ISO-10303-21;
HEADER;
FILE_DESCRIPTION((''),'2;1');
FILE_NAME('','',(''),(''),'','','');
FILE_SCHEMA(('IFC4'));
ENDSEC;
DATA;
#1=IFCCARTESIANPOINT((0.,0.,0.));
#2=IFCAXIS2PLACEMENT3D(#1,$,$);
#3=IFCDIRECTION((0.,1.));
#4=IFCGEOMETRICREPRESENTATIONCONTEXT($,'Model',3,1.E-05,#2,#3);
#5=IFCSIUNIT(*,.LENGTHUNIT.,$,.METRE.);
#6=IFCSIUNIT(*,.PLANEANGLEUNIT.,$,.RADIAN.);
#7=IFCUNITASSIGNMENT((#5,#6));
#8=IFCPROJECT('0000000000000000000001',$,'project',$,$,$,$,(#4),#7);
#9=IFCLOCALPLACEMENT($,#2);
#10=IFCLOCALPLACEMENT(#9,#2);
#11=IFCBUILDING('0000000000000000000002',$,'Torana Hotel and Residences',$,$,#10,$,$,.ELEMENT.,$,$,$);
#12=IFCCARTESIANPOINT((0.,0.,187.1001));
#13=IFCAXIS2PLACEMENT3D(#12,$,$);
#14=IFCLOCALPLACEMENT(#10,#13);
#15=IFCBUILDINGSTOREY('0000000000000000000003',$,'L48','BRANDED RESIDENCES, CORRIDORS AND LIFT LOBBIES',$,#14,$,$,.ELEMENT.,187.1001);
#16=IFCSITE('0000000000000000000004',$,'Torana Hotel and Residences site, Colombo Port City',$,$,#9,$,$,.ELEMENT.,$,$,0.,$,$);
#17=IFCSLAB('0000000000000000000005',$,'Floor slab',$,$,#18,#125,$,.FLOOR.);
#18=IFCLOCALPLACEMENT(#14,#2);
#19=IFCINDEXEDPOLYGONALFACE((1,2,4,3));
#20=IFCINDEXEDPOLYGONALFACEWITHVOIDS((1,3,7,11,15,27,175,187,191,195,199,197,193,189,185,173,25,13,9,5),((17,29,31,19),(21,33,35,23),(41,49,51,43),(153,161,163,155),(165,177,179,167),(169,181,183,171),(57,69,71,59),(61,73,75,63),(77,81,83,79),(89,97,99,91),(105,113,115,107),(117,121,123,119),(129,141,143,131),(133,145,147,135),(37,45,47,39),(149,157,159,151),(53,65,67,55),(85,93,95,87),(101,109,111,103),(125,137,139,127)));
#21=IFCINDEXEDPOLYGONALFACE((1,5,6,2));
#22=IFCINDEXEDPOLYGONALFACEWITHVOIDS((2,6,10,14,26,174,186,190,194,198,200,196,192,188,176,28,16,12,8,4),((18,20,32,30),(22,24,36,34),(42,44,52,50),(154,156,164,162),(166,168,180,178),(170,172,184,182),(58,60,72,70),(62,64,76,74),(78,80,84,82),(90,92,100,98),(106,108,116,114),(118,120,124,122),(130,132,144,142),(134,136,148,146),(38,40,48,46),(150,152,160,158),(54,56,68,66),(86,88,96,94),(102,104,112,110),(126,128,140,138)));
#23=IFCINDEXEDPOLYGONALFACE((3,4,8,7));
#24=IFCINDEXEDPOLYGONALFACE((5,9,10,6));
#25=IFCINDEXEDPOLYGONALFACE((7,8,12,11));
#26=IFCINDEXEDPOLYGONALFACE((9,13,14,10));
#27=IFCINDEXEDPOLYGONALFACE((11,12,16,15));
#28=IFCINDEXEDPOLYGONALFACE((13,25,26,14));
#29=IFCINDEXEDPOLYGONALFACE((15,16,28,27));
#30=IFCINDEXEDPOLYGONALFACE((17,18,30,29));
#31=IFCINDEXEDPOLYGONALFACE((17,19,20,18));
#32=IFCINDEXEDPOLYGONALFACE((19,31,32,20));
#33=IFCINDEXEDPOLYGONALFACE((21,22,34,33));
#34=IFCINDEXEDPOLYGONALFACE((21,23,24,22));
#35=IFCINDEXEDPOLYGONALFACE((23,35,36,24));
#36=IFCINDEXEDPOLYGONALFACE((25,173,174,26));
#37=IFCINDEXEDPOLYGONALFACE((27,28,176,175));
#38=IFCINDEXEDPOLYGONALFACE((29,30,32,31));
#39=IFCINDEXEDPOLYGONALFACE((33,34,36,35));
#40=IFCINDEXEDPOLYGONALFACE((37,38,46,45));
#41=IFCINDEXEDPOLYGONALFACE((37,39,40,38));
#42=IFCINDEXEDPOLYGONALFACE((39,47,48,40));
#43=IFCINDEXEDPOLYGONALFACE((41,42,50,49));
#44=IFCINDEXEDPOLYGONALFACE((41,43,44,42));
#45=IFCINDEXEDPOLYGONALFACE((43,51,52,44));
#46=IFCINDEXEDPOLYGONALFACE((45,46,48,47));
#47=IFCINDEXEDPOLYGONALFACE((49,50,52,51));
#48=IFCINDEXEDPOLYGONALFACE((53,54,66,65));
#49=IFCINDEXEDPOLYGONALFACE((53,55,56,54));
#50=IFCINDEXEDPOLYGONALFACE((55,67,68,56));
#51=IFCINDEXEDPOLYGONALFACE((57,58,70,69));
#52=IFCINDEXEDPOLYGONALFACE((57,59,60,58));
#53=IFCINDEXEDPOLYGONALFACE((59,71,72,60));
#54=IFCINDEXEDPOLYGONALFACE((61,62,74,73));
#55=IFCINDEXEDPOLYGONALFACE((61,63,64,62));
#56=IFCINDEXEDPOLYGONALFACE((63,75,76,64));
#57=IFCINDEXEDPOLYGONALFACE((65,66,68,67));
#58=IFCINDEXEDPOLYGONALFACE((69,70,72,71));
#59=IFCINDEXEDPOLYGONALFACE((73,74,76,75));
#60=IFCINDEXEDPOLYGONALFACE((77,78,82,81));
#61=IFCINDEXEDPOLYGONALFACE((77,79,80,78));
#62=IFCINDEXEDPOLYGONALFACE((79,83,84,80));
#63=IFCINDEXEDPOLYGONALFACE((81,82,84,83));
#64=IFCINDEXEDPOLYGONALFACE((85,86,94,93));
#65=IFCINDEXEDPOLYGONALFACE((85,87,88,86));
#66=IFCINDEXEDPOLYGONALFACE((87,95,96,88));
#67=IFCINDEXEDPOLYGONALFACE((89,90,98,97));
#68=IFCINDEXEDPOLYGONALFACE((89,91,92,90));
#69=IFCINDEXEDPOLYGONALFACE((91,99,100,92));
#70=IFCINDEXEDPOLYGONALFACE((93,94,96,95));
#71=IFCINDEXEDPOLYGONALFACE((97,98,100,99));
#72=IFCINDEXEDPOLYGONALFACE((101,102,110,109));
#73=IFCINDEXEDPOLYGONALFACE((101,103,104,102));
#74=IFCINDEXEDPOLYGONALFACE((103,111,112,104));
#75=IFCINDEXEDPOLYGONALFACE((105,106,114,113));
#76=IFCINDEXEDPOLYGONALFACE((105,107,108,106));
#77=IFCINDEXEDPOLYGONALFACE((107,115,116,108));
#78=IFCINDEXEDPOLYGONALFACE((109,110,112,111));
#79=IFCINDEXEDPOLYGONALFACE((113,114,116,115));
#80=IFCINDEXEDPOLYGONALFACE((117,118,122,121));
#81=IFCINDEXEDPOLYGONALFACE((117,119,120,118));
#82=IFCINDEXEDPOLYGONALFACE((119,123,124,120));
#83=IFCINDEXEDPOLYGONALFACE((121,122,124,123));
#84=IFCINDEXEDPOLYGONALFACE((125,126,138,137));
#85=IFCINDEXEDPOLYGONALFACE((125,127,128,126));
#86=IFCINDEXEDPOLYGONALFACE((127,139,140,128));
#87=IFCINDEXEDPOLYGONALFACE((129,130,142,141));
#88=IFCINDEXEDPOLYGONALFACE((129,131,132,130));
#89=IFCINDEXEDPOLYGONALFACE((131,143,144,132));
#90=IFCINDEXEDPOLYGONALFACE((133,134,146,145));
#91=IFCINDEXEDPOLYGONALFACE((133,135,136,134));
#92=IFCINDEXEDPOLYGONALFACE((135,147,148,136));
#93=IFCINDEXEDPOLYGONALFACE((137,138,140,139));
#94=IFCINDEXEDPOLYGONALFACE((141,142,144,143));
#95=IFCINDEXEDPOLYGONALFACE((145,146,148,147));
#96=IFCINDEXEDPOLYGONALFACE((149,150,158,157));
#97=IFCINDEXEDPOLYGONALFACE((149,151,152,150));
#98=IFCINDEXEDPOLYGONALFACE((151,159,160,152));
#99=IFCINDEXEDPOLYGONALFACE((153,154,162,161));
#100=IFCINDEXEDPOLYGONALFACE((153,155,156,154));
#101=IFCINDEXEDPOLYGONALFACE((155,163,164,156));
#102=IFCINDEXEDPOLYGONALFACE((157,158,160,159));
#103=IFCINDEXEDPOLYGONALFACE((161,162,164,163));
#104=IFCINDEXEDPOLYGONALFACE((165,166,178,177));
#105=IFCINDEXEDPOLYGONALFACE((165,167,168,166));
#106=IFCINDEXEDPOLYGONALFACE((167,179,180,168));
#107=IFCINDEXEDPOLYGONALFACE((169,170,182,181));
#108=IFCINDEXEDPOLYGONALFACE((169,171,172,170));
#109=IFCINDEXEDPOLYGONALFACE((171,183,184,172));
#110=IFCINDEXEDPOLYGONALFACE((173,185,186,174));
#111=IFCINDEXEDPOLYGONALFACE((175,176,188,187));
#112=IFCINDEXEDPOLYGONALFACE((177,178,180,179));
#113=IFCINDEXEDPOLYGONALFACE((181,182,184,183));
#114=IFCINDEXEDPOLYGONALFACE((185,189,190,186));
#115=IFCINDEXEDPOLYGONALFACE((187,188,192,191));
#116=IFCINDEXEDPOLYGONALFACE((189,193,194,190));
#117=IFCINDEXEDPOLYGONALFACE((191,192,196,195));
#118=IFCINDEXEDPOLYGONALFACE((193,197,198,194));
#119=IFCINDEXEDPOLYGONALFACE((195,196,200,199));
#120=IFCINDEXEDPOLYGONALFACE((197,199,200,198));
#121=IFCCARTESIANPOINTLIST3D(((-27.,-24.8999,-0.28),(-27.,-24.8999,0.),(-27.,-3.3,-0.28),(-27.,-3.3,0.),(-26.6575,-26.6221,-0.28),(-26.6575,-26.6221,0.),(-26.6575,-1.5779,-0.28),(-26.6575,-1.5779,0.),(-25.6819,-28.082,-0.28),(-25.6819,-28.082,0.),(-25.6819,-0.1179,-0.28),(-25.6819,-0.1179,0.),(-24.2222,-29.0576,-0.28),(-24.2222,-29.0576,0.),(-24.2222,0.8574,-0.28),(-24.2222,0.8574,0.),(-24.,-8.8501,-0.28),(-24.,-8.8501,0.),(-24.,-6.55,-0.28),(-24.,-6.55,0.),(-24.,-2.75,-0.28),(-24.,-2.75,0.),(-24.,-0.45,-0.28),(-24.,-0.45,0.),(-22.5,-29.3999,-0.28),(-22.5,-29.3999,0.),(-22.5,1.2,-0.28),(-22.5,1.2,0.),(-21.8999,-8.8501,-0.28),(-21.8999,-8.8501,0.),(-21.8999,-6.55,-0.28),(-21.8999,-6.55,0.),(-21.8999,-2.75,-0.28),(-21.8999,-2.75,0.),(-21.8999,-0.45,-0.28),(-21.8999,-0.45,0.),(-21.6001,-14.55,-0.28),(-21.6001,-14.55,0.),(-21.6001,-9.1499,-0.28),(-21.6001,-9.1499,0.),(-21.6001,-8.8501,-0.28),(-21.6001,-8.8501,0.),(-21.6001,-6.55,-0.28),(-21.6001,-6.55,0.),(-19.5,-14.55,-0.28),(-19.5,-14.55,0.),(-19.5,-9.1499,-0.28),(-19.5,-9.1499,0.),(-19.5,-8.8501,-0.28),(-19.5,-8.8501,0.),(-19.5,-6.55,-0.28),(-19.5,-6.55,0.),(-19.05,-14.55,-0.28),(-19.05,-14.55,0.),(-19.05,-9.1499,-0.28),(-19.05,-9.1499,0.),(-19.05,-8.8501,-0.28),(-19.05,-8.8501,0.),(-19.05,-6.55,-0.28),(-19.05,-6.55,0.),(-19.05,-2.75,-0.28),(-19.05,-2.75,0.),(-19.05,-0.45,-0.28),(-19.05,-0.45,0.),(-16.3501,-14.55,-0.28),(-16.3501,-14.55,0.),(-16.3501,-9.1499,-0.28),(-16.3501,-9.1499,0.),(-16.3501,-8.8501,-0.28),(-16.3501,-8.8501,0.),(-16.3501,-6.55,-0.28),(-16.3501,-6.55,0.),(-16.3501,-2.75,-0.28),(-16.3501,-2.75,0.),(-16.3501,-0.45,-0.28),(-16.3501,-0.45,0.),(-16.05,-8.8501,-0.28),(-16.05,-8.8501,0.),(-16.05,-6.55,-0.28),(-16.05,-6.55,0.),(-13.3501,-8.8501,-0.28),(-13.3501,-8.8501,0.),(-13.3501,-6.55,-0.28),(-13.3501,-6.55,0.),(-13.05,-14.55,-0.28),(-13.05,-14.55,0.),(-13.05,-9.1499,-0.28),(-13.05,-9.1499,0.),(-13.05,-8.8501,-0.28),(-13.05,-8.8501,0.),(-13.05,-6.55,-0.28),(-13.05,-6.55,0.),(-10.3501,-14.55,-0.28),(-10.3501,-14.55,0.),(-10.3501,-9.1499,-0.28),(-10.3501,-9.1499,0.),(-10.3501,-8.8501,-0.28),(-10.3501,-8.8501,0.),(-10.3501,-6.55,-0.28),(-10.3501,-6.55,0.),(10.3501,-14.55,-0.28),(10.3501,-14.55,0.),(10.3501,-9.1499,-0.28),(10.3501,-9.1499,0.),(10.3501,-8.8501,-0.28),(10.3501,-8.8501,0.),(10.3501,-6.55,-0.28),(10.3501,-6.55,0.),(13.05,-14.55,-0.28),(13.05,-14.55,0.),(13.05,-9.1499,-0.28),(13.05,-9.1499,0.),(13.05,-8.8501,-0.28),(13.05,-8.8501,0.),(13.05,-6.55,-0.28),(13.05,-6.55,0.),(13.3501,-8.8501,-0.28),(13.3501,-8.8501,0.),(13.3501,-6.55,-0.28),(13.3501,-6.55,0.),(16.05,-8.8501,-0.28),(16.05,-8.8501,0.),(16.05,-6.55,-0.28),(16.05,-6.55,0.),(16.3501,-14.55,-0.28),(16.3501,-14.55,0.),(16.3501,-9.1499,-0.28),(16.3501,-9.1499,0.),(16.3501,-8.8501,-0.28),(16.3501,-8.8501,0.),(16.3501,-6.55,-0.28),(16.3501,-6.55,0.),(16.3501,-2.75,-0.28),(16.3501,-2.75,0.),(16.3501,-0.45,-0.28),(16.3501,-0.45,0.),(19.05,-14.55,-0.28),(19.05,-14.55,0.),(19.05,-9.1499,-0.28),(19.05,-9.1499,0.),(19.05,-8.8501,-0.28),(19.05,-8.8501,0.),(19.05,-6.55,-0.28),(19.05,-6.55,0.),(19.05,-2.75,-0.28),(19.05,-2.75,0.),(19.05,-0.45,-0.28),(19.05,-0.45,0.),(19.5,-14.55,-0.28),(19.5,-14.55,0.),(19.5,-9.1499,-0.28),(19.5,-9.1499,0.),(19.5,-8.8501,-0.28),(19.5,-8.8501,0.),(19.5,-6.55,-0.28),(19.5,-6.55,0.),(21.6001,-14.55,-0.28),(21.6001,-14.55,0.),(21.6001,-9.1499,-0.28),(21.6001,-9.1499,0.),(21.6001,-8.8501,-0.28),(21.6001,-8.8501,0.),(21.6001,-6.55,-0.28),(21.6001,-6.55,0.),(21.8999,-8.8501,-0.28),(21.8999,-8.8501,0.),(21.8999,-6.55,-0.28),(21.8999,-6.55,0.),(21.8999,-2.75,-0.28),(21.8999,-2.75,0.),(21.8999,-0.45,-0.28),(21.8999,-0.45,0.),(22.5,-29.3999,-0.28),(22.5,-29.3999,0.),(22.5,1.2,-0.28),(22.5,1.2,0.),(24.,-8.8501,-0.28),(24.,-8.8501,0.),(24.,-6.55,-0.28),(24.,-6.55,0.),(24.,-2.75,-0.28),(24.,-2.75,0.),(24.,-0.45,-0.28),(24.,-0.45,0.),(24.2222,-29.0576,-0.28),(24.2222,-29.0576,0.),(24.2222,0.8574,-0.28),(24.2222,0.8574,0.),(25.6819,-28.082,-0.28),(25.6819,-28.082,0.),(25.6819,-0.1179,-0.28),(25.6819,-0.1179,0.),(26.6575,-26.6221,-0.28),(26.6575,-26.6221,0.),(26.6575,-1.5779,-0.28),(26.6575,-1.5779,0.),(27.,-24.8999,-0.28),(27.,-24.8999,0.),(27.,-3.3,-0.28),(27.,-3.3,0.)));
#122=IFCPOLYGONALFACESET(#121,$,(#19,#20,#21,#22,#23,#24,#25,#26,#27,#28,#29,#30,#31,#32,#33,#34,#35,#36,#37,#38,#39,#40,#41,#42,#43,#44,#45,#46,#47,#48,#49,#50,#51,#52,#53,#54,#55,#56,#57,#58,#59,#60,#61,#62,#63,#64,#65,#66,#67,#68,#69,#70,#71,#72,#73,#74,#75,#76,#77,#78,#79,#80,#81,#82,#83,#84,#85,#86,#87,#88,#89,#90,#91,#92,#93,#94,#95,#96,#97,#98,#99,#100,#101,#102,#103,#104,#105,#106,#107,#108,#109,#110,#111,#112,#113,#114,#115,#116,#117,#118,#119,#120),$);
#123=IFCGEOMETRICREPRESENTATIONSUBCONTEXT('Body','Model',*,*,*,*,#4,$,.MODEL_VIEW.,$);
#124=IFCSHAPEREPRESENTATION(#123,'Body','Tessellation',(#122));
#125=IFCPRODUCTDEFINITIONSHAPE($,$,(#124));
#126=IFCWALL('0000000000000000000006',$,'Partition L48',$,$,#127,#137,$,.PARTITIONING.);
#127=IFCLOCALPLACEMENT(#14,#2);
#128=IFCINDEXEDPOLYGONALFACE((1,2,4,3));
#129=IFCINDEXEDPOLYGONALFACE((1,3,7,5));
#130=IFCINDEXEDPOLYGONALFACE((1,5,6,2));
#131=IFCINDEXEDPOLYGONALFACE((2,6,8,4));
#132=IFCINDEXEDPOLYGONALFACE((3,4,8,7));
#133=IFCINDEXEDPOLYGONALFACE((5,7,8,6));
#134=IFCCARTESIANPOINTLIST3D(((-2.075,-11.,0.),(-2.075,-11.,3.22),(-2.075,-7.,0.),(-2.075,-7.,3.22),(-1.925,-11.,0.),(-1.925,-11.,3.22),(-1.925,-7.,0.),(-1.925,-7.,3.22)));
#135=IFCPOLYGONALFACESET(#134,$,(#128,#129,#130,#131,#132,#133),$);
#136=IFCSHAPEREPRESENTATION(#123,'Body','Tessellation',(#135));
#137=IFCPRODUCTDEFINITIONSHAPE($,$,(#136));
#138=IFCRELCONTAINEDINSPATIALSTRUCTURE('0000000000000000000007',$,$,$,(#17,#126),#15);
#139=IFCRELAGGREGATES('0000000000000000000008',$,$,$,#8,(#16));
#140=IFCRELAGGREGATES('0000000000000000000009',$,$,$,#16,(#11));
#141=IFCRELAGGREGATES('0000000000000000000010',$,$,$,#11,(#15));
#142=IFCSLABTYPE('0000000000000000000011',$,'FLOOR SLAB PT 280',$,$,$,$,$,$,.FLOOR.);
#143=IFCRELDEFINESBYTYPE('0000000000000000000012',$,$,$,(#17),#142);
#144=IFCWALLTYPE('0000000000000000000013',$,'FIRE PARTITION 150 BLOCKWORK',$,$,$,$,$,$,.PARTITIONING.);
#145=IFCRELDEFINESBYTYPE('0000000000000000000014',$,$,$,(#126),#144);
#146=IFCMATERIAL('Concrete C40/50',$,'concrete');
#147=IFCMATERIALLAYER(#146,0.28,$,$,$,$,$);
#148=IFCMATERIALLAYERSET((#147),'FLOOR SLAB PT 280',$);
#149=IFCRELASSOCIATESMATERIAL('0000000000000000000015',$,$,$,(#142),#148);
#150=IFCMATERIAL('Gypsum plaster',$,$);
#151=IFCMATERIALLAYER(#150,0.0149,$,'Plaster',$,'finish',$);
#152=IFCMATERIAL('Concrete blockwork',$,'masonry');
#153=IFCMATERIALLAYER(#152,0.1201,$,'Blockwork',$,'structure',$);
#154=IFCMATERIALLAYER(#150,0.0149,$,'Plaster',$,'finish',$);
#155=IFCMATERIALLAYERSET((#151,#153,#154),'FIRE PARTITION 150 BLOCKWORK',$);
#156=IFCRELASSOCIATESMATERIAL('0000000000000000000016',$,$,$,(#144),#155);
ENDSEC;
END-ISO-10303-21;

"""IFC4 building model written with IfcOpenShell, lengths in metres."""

from ifc_helpers import new_model, si_unit, direction, frame, frame_2d, origin, place, context, subcontext, project, spatial, polyline, rectangle, outline, extrude, material, layer, layer_set, type_object, element, save


model = new_model("IFC4")

# Units and contexts
model_context = context("Model", 3, precision=1e-05, world=origin(), true_north=direction((0.0, 1.0)))
body_context = subcontext(model_context, "Body", "Model", "MODEL_VIEW")
ifc_project = project(units=[si_unit("LENGTHUNIT", "METRE"), si_unit("PLANEANGLEUNIT", "RADIAN")], contexts=[model_context])

# Site, building, storey
site_placement = place(None, origin())
site = spatial("IfcSite", under=ifc_project, at=site_placement, Name="Torana Hotel and Residences site, Colombo Port City", CompositionType="ELEMENT", RefElevation=0.0)
building_placement = place(site_placement, origin())
building = spatial("IfcBuilding", under=site, at=building_placement, Name="Torana Hotel and Residences", CompositionType="ELEMENT")
storey_placement = place(building_placement, frame((0.0, 0.0, 187.1001)))
storey = spatial("IfcBuildingStorey", under=building, at=storey_placement, Name="L48", Description="BRANDED RESIDENCES, CORRIDORS AND LIFT LOBBIES", CompositionType="ELEMENT", Elevation=187.1001)

# Slab
ifc_material_1 = material(Name="Concrete C40/50", Category="concrete")
ifc_layer_1 = layer(ifc_material_1, 0.28)
ifc_layer_set_1 = layer_set([ifc_layer_1], Name="FLOOR SLAB PT 280")
slab_type_1 = type_object("IfcSlabType", Name="FLOOR SLAB PT 280", PredefinedType="FLOOR", material=ifc_layer_set_1)
slab_1_placement = place(storey_placement, frame((0.0, 0.0, -0.28)))
element("IfcSlab", 1, at=slab_1_placement, inside=storey, type_object=slab_type_1, Name="Floor slab", PredefinedType="FLOOR", context=body_context, shape_type="SweptSolid", body=[
    extrude(outline(polyline([(27.0, -3.3), (26.6575, -1.5779), (25.6819, -0.1179), (24.2222, 0.8574), (22.5, 1.2), (-22.5, 1.2), (-24.2222, 0.8574), (-25.6819, -0.1179), (-26.6575, -1.5779), (-27.0, -3.3), (-27.0, -24.8999), (-26.6575, -26.6221), (-25.6819, -28.082), (-24.2222, -29.0576), (-22.5, -29.3999), (22.5, -29.3999), (24.2222, -29.0576), (25.6819, -28.082), (26.6575, -26.6221), (27.0, -24.8999), (27.0, -3.3)]), holes=[polyline([(-13.05, -14.55), (-10.3501, -14.55), (-10.3501, -9.1499), (-13.05, -9.1499), (-13.05, -14.55)]), polyline([(-19.05, -14.55), (-16.3501, -14.55), (-16.3501, -9.1499), (-19.05, -9.1499), (-19.05, -14.55)]), polyline([(-19.05, -2.75), (-16.3501, -2.75), (-16.3501, -0.45), (-19.05, -0.45), (-19.05, -2.75)]), polyline([(-21.6001, -8.8501), (-19.5, -8.8501), (-19.5, -6.55), (-21.6001, -6.55), (-21.6001, -8.8501)]), polyline([(-24.0, -2.75), (-21.8999, -2.75), (-21.8999, -0.45), (-24.0, -0.45), (-24.0, -2.75)]), polyline([(-24.0, -8.8501), (-21.8999, -8.8501), (-21.8999, -6.55), (-24.0, -6.55), (-24.0, -8.8501)]), polyline([(-13.05, -8.8501), (-10.3501, -8.8501), (-10.3501, -6.55), (-13.05, -6.55), (-13.05, -8.8501)]), polyline([(-16.05, -8.8501), (-13.3501, -8.8501), (-13.3501, -6.55), (-16.05, -6.55), (-16.05, -8.8501)]), polyline([(-19.05, -8.8501), (-16.3501, -8.8501), (-16.3501, -6.55), (-19.05, -6.55), (-19.05, -8.8501)]), polyline([(-21.6001, -14.55), (-19.5, -14.55), (-19.5, -9.1499), (-21.6001, -9.1499), (-21.6001, -14.55)]), polyline([(10.3501, -14.55), (13.05, -14.55), (13.05, -9.1499), (10.3501, -9.1499), (10.3501, -14.55)]), polyline([(16.3501, -14.55), (19.05, -14.55), (19.05, -9.1499), (16.3501, -9.1499), (16.3501, -14.55)]), polyline([(16.3501, -2.75), (19.05, -2.75), (19.05, -0.45), (16.3501, -0.45), (16.3501, -2.75)]), polyline([(19.5, -8.8501), (21.6001, -8.8501), (21.6001, -6.55), (19.5, -6.55), (19.5, -8.8501)]), polyline([(21.8999, -2.75), (24.0, -2.75), (24.0, -0.45), (21.8999, -0.45), (21.8999, -2.75)]), polyline([(21.8999, -8.8501), (24.0, -8.8501), (24.0, -6.55), (21.8999, -6.55), (21.8999, -8.8501)]), polyline([(10.3501, -8.8501), (13.05, -8.8501), (13.05, -6.55), (10.3501, -6.55), (10.3501, -8.8501)]), polyline([(13.3501, -8.8501), (16.05, -8.8501), (16.05, -6.55), (13.3501, -6.55), (13.3501, -8.8501)]), polyline([(16.3501, -8.8501), (19.05, -8.8501), (19.05, -6.55), (16.3501, -6.55), (16.3501, -8.8501)]), polyline([(19.5, -14.55), (21.6001, -14.55), (21.6001, -9.1499), (19.5, -9.1499), (19.5, -14.55)])]), origin(), (0.0, 0.0, 1.0), 0.28),
])

# Wall
ifc_material_2 = material(Name="Gypsum plaster")
ifc_layer_2 = layer(ifc_material_2, 0.0149, Name="Plaster", Category="finish")
ifc_material_3 = material(Name="Concrete blockwork", Category="masonry")
ifc_layer_3 = layer(ifc_material_3, 0.1201, Name="Blockwork", Category="structure")
ifc_layer_4 = layer(ifc_material_2, 0.0149, Name="Plaster", Category="finish")
ifc_layer_set_2 = layer_set([ifc_layer_2, ifc_layer_3, ifc_layer_4], Name="FIRE PARTITION 150 BLOCKWORK")
wall_type_1 = type_object("IfcWallType", Name="FIRE PARTITION 150 BLOCKWORK", PredefinedType="PARTITIONING", material=ifc_layer_set_2)
wall_1_placement = place(storey_placement, frame((-2.0, -11.0, 0.0), z_axis=(0.0, 0.0, 1.0), x_axis=(0.0, 1.0, 0.0)))
element("IfcWall", 2, at=wall_1_placement, inside=storey, type_object=wall_type_1, Name="Partition L48", PredefinedType="PARTITIONING", context=body_context, shape_type="SweptSolid", body=[
    extrude(rectangle(XDim=4.0, YDim=0.1499, at=frame_2d((2.0, 0.0))), origin(), (0.0, 0.0, 1.0), 3.22),
])

save(model, "model.ifc")
